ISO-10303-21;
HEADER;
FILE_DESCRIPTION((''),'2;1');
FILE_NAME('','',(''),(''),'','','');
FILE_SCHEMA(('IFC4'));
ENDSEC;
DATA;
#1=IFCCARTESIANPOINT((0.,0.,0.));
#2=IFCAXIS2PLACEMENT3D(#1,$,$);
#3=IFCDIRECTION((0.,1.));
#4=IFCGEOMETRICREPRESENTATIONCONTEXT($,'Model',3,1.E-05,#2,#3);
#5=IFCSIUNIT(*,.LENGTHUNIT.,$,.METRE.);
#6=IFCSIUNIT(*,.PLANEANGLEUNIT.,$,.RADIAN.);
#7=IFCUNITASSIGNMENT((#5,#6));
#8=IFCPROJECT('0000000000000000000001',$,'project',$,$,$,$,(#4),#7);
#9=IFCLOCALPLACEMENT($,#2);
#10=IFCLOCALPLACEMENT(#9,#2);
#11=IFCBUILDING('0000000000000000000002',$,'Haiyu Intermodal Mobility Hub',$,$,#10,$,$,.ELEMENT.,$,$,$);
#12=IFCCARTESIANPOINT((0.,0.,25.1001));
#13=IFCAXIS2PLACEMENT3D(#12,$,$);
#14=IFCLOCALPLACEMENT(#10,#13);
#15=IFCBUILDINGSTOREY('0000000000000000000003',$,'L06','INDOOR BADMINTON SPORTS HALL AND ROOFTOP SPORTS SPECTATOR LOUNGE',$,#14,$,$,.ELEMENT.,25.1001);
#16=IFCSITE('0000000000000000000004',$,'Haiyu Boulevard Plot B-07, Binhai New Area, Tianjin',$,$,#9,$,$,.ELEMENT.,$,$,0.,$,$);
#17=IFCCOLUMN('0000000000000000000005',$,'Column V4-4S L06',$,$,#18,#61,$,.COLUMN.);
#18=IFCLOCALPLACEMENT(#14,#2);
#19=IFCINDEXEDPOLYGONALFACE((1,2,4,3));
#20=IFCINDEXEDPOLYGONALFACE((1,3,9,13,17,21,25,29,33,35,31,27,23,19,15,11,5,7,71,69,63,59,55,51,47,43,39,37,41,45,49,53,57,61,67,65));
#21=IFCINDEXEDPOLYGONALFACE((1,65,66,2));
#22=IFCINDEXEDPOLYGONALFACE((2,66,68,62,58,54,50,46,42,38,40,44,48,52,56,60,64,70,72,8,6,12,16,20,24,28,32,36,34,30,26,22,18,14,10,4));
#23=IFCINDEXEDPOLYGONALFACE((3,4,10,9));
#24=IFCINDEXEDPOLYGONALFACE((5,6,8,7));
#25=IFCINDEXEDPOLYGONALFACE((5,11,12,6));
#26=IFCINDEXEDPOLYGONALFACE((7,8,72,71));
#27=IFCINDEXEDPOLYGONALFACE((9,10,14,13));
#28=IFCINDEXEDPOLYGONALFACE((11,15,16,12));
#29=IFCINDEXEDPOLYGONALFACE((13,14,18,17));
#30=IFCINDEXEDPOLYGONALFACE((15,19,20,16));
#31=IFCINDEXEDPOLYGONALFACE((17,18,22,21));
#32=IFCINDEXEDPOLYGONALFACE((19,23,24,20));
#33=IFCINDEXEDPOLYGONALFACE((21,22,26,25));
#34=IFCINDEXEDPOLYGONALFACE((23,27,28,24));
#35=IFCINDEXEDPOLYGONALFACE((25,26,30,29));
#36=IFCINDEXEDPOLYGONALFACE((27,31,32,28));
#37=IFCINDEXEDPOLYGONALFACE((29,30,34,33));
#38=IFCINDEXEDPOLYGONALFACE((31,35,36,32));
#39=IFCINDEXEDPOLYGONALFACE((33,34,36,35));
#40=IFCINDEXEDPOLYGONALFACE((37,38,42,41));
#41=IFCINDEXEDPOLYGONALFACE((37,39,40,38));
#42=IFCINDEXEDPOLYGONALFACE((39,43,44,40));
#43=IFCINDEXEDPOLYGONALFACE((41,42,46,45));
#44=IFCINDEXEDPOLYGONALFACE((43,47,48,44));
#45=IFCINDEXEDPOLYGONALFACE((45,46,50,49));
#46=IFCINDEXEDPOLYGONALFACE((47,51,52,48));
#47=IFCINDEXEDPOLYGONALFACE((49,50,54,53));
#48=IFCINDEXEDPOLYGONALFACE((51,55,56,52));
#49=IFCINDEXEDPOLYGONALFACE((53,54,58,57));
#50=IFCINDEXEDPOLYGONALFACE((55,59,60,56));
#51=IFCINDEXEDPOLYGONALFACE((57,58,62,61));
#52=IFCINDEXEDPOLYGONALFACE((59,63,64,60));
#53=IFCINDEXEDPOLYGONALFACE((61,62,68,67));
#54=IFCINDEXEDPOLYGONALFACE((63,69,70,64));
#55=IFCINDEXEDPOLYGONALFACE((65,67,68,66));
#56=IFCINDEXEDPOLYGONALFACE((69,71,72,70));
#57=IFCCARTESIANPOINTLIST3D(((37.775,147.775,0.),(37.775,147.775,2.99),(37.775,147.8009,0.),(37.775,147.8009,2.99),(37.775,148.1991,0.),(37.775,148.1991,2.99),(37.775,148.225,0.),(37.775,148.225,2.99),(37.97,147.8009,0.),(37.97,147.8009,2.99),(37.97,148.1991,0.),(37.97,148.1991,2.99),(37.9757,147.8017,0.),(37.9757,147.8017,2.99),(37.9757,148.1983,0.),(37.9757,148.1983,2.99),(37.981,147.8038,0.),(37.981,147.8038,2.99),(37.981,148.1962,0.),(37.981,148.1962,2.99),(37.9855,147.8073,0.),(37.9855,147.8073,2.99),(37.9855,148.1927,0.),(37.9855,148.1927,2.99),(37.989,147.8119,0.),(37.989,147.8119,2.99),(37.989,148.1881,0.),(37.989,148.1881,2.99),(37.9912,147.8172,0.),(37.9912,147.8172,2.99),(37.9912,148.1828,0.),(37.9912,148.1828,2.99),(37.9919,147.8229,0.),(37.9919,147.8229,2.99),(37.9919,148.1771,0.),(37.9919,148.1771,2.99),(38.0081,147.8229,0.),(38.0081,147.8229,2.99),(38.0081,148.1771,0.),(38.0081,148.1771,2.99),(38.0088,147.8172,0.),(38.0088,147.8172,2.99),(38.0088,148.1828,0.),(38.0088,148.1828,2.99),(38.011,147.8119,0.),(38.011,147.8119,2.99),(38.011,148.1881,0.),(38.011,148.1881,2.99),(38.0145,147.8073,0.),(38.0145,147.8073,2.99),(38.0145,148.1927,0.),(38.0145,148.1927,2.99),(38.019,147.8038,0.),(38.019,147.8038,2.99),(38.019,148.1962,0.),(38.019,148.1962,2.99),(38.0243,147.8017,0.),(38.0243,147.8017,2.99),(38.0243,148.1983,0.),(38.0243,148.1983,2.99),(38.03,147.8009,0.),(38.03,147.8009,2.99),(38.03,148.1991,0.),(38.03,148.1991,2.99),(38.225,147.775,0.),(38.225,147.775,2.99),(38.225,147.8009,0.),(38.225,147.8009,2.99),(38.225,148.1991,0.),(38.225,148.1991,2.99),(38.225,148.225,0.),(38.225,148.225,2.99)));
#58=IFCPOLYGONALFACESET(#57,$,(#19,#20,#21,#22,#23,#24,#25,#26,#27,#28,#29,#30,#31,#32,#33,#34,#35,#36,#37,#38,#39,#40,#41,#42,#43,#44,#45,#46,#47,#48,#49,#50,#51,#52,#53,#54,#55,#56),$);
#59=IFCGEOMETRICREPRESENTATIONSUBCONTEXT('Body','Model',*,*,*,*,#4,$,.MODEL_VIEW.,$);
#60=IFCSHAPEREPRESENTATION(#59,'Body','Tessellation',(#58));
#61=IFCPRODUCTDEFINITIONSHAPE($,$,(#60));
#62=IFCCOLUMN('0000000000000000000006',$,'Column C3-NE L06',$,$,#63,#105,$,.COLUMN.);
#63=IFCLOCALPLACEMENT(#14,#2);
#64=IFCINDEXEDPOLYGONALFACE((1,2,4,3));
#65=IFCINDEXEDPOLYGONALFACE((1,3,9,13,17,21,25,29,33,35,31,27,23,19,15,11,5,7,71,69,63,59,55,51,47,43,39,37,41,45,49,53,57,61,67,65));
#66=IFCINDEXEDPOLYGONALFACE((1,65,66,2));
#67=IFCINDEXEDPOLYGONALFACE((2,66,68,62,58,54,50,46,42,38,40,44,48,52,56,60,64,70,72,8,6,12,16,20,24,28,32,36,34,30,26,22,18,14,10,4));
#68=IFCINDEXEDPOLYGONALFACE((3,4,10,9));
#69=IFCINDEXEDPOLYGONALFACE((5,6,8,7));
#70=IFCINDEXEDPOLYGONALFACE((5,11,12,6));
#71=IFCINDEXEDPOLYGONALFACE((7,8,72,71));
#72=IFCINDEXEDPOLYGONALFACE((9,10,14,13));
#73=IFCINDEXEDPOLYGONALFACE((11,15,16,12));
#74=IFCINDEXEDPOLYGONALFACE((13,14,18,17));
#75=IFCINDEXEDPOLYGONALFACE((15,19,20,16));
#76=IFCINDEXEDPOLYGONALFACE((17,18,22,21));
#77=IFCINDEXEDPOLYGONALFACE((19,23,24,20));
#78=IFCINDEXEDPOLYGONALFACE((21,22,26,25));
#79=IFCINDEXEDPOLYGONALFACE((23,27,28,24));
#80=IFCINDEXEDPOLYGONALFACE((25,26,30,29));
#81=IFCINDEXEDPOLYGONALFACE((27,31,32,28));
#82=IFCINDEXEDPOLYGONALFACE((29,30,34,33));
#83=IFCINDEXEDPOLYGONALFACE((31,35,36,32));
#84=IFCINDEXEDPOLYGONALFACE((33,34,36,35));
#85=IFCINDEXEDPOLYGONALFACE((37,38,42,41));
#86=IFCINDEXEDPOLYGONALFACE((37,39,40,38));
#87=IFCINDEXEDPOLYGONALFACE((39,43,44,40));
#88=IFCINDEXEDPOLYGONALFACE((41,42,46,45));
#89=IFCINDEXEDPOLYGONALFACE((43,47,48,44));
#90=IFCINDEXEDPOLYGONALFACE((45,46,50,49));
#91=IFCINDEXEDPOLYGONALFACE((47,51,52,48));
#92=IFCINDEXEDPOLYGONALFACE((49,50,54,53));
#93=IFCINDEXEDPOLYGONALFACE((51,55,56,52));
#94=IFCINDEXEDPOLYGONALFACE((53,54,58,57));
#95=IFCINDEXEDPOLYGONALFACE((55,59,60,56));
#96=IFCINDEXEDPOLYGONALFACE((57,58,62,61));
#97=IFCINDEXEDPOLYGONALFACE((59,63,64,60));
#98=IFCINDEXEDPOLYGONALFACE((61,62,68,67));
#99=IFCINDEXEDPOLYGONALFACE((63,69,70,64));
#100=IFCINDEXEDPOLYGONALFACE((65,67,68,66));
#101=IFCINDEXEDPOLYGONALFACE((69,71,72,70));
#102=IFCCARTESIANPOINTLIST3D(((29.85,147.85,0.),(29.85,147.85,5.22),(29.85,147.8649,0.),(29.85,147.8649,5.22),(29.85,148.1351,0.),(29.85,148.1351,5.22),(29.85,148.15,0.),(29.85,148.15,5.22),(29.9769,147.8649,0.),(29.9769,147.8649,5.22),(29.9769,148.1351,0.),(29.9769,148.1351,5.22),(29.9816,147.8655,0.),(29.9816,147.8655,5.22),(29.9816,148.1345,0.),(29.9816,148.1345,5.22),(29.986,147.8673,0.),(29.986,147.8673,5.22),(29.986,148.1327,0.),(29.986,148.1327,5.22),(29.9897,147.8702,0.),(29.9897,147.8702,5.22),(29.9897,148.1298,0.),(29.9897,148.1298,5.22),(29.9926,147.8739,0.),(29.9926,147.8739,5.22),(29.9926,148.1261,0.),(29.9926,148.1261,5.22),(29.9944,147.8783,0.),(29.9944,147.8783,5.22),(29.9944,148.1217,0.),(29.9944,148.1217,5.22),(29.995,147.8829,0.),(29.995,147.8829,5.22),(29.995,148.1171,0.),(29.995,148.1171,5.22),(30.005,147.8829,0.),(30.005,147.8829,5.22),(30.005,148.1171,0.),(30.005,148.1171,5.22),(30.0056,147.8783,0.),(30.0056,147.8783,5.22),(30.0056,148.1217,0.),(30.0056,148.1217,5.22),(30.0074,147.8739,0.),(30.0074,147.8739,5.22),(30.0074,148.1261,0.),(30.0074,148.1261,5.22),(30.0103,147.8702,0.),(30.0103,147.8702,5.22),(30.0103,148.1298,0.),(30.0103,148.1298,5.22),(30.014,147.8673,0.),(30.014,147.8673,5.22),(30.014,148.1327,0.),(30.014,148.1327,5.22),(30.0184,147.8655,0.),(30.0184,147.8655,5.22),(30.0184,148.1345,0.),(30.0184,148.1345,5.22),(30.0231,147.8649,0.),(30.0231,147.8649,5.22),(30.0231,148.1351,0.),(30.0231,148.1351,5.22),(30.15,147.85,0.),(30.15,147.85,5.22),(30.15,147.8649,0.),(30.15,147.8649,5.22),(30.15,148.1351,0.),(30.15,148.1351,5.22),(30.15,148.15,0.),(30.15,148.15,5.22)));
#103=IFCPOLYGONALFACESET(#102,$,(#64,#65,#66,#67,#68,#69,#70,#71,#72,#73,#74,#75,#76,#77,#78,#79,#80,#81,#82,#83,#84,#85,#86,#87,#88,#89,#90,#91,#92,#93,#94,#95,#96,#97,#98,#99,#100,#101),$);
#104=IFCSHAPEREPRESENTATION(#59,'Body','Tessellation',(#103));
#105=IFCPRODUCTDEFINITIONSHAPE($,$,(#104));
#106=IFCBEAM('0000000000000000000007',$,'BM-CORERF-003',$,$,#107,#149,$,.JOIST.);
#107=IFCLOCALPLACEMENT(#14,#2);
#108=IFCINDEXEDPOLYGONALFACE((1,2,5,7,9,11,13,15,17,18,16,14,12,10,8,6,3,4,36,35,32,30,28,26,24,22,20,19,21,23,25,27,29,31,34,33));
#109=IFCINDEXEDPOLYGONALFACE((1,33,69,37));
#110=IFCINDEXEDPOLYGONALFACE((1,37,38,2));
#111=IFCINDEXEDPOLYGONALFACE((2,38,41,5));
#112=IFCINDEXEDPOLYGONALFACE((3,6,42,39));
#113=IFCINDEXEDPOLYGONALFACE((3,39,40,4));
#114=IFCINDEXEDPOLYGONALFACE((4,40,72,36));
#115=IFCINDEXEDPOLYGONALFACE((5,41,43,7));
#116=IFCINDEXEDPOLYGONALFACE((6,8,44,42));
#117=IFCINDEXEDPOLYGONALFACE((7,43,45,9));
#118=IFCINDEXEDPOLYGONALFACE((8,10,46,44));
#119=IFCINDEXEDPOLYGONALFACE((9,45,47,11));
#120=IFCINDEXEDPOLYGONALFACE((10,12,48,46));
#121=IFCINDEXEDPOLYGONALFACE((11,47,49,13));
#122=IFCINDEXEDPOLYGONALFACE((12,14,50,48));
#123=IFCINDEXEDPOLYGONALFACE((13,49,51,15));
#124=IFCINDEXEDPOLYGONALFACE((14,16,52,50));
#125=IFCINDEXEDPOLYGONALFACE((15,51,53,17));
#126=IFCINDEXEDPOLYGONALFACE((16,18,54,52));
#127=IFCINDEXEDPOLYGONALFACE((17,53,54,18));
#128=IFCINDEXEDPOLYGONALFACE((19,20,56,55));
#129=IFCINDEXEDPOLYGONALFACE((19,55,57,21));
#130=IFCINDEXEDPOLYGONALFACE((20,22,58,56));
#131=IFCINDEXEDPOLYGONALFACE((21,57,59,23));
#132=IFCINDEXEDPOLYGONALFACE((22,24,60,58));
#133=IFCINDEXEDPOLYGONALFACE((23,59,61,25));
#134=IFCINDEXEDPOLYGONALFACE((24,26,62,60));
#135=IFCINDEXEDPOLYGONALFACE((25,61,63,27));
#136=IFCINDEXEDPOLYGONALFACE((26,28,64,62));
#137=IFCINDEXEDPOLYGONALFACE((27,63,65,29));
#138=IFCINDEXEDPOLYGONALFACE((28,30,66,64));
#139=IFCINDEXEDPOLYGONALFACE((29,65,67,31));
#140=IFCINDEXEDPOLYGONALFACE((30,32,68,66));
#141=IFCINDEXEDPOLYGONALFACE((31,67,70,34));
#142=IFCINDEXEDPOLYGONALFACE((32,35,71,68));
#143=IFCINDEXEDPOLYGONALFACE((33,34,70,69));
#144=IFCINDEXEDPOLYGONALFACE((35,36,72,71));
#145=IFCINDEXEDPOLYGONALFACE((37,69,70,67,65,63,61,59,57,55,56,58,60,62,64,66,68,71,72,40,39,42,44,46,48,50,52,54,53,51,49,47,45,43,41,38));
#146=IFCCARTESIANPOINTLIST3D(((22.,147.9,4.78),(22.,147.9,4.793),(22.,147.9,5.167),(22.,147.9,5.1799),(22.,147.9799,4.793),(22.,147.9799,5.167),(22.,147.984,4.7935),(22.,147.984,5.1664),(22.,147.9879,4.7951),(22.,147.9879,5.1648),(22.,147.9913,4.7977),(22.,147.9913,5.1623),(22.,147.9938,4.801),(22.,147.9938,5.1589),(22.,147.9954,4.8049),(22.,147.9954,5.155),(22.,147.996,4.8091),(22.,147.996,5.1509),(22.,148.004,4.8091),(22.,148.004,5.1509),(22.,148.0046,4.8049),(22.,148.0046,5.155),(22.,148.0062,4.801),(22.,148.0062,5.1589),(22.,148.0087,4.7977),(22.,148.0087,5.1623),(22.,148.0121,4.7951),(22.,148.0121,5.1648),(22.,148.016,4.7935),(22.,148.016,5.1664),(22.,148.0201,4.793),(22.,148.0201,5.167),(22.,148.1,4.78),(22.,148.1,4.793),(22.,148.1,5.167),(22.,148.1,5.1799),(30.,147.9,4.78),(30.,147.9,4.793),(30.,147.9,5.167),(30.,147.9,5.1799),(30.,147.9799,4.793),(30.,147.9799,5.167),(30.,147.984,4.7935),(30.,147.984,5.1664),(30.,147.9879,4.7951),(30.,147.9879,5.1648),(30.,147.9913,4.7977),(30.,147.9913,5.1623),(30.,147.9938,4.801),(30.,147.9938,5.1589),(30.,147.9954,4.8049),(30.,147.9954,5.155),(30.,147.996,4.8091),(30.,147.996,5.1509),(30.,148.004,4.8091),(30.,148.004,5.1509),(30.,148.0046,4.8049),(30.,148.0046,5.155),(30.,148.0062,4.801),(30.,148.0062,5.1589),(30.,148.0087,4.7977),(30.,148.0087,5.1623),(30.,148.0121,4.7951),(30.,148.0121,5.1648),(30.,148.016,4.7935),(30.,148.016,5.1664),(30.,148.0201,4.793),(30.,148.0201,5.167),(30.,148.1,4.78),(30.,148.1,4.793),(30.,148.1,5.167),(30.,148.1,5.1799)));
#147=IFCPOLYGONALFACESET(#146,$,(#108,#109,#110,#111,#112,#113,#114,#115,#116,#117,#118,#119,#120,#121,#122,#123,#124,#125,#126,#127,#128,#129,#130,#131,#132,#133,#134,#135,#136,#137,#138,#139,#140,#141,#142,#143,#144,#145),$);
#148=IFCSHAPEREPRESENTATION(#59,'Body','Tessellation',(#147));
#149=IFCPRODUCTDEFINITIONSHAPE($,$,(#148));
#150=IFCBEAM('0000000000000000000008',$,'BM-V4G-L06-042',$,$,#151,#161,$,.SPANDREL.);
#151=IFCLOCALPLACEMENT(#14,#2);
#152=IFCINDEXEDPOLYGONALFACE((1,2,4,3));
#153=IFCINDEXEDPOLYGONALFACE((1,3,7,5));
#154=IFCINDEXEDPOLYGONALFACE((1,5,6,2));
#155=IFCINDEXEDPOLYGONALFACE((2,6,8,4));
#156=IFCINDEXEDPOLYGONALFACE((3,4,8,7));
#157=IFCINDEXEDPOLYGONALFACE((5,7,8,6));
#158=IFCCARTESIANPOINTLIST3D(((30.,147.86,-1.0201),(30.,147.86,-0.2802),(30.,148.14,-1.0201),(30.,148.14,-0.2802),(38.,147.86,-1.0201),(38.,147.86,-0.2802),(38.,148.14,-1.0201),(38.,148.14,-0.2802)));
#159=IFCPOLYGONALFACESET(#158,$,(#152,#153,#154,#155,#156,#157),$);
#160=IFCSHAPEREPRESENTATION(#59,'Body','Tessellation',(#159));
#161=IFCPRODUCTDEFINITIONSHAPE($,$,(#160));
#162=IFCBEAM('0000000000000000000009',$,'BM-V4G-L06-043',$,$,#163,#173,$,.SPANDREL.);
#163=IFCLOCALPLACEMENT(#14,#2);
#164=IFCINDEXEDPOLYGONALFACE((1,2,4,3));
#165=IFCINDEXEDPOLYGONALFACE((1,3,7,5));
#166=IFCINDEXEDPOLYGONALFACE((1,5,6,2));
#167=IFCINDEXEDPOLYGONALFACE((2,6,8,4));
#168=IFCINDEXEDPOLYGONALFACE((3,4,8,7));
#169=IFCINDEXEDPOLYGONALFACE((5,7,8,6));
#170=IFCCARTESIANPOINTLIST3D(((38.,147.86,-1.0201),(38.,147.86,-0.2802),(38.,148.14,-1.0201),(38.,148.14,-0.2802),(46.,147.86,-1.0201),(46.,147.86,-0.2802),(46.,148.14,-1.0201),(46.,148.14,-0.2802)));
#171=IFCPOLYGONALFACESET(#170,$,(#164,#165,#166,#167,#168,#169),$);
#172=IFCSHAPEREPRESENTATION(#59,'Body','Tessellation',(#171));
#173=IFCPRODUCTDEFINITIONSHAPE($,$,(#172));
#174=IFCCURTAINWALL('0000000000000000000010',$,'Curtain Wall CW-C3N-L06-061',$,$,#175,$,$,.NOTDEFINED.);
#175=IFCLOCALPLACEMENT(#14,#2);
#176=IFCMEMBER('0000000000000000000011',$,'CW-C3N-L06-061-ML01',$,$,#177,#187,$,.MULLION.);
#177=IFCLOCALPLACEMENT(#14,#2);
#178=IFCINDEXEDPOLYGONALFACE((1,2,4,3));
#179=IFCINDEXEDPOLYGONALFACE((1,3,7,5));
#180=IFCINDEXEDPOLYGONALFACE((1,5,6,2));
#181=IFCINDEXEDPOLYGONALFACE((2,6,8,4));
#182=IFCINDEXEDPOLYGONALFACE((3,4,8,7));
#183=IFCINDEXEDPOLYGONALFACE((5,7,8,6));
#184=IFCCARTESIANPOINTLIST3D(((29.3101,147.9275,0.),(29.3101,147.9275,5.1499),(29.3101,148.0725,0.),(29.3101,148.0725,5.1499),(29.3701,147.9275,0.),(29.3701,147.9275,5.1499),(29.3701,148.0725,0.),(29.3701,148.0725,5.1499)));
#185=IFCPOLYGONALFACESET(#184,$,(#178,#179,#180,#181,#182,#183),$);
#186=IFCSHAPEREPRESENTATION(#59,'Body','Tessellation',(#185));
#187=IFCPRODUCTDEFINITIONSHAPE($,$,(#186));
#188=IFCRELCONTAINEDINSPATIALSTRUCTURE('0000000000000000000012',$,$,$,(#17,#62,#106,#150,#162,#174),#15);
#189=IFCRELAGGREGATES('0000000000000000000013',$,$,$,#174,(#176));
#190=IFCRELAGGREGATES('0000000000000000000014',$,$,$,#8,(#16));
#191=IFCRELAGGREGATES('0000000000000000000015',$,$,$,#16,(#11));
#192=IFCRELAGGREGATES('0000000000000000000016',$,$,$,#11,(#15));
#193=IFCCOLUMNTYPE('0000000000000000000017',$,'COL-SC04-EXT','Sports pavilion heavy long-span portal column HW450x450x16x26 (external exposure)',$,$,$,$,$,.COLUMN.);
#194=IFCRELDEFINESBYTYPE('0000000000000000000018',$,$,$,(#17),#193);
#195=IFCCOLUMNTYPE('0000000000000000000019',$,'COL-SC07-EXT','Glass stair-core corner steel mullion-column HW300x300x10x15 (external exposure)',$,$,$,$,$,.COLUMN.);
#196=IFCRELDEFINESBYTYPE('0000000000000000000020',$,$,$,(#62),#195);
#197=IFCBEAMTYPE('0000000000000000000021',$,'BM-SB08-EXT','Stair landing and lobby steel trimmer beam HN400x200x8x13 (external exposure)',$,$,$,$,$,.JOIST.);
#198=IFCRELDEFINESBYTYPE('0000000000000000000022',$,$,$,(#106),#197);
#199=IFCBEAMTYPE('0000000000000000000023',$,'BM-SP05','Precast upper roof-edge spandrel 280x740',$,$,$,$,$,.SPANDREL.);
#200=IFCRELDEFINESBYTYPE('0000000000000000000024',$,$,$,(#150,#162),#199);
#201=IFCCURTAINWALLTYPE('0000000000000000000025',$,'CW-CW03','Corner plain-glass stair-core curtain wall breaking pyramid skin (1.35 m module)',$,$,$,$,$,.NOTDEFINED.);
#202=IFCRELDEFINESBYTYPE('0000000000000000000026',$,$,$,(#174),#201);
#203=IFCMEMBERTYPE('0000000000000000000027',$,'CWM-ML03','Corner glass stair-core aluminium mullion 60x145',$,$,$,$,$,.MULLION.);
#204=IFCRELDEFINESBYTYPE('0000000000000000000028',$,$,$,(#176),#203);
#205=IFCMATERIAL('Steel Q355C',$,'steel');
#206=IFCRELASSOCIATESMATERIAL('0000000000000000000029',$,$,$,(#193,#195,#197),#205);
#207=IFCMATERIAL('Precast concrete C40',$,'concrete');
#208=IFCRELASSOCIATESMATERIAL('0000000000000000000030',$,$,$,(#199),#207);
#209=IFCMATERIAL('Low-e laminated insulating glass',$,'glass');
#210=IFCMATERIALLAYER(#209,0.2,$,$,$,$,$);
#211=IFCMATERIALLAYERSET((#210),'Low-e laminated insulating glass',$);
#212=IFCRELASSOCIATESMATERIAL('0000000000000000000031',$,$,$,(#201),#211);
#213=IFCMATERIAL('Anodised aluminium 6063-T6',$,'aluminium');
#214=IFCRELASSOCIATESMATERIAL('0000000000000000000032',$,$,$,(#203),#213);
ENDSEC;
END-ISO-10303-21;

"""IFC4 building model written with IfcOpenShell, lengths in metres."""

from ifc_helpers import new_model, si_unit, direction, frame, origin, origin_2d, place, context, subcontext, project, spatial, rectangle, i_section, extrude, material, layer, layer_set, material_profile, profile_set, type_object, element, aggregate, save


model = new_model("IFC4")

# Units and contexts
model_context = context("Model", 3, precision=1e-05, world=origin(), true_north=direction((0.0, 1.0)))
body_context = subcontext(model_context, "Body", "Model", "MODEL_VIEW")
ifc_project = project(units=[si_unit("LENGTHUNIT", "METRE"), si_unit("PLANEANGLEUNIT", "RADIAN")], contexts=[model_context])

# Site, building, storey
site_placement = place(None, origin())
site = spatial("IfcSite", under=ifc_project, at=site_placement, Name="Haiyu Boulevard Plot B-07, Binhai New Area, Tianjin", CompositionType="ELEMENT", RefElevation=0.0)
building_placement = place(site_placement, origin())
building = spatial("IfcBuilding", under=site, at=building_placement, Name="Haiyu Intermodal Mobility Hub", CompositionType="ELEMENT")
storey_placement = place(building_placement, frame((0.0, 0.0, 25.1001)))
storey = spatial("IfcBuildingStorey", under=building, at=storey_placement, Name="L06", Description="INDOOR BADMINTON SPORTS HALL AND ROOFTOP SPORTS SPECTATOR LOUNGE", CompositionType="ELEMENT", Elevation=25.1001)

# Columns
ifc_material_1 = material(Name="Steel Q355C", Category="steel")
ifc_material_profile_1 = material_profile(ifc_material_1, i_section(OverallWidth=0.45, OverallDepth=0.45, WebThickness=0.0161, FlangeThickness=0.0259, FilletRadius=0.022, at=origin_2d()), Name="HW450x450x16x26")
ifc_profile_set_1 = profile_set([ifc_material_profile_1], Name="Steel Q355C")
column_type_1 = type_object("IfcColumnType", Name="COL-SC04-EXT", Description="Sports pavilion heavy long-span portal column HW450x450x16x26 (external exposure)", PredefinedType="COLUMN", material=ifc_profile_set_1)
column_1_placement = place(storey_placement, frame((38.0, 148.0, 0.0), z_axis=(0.0, 0.0, 1.0), x_axis=(1.0, 0.0, 0.0)))
element("IfcColumn", 1, at=column_1_placement, inside=storey, type_object=column_type_1, Name="Column V4-4S L06", PredefinedType="COLUMN", context=body_context, shape_type="SweptSolid", body=[
    extrude(i_section(OverallWidth=0.45, OverallDepth=0.45, WebThickness=0.0161, FlangeThickness=0.0259, FilletRadius=0.022, at=origin_2d()), origin(), (0.0, 0.0, 1.0), 2.99),
])
ifc_material_profile_2 = material_profile(ifc_material_1, i_section(OverallWidth=0.3, OverallDepth=0.3, WebThickness=0.01, FlangeThickness=0.0149, FilletRadius=0.0181, at=origin_2d()), Name="HW300x300x10x15")
ifc_profile_set_2 = profile_set([ifc_material_profile_2], Name="Steel Q355C")
column_type_2 = type_object("IfcColumnType", Name="COL-SC07-EXT", Description="Glass stair-core corner steel mullion-column HW300x300x10x15 (external exposure)", PredefinedType="COLUMN", material=ifc_profile_set_2)
column_2_placement = place(storey_placement, frame((30.0, 148.0, 0.0), z_axis=(0.0, 0.0, 1.0), x_axis=(1.0, 0.0, 0.0)))
element("IfcColumn", 2, at=column_2_placement, inside=storey, type_object=column_type_2, Name="Column C3-NE L06", PredefinedType="COLUMN", context=body_context, shape_type="SweptSolid", body=[
    extrude(i_section(OverallWidth=0.3, OverallDepth=0.3, WebThickness=0.01, FlangeThickness=0.0149, FilletRadius=0.0181, at=origin_2d()), origin(), (0.0, 0.0, 1.0), 5.22),
])

# Beams
ifc_material_profile_3 = material_profile(ifc_material_1, i_section(OverallWidth=0.2, OverallDepth=0.3999, WebThickness=0.0081, FlangeThickness=0.0129, FilletRadius=0.0161, at=origin_2d()), Name="HN400x200x8x13")
ifc_profile_set_3 = profile_set([ifc_material_profile_3], Name="Steel Q355C")
beam_type_1 = type_object("IfcBeamType", Name="BM-SB08-EXT", Description="Stair landing and lobby steel trimmer beam HN400x200x8x13 (external exposure)", PredefinedType="JOIST", material=ifc_profile_set_3)
beam_placement = place(storey_placement, frame((30.0, 148.0, 4.98), z_axis=(-1.0, 0.0, 0.0), x_axis=(0.0, -1.0, 0.0)))
element("IfcBeam", 3, at=beam_placement, inside=storey, type_object=beam_type_1, Name="BM-CORERF-003", PredefinedType="JOIST", context=body_context, shape_type="SweptSolid", body=[
    extrude(i_section(OverallWidth=0.2, OverallDepth=0.3999, WebThickness=0.0081, FlangeThickness=0.0129, FilletRadius=0.0161, at=origin_2d()), origin(), (0.0, 0.0, 1.0), 8.0),
])
ifc_material_2 = material(Name="Precast concrete C40", Category="concrete")
ifc_material_profile_4 = material_profile(ifc_material_2, rectangle(XDim=0.28, YDim=0.74, at=origin_2d()), Name="B280x740")
ifc_profile_set_4 = profile_set([ifc_material_profile_4], Name="Precast concrete C40")
beam_type_2 = type_object("IfcBeamType", Name="BM-SP05", Description="Precast upper roof-edge spandrel 280x740", PredefinedType="SPANDREL", material=ifc_profile_set_4)
for number, where, z_axis, x_axis, name in (
    (4, (30.0, 148.0, -0.6501), (1.0, 0.0, 0.0), (0.0, 1.0, 0.0), "BM-V4G-L06-042"),
    (5, (38.0, 148.0, -0.6501), (1.0, 0.0, 0.0), (0.0, 1.0, 0.0), "BM-V4G-L06-043"),
):
    element("IfcBeam", number, at=place(storey_placement, frame(where, z_axis=z_axis, x_axis=x_axis)), inside=storey, type_object=beam_type_2, Name=name, PredefinedType="SPANDREL", context=body_context, shape_type="SweptSolid", body=[
        extrude(rectangle(XDim=0.28, YDim=0.74, at=origin_2d()), origin(), (0.0, 0.0, 1.0), 8.0),
    ])

# Curtain wall, member
ifc_material_3 = material(Name="Low-e laminated insulating glass", Category="glass")
ifc_layer_1 = layer(ifc_material_3, 0.2)
ifc_layer_set_1 = layer_set([ifc_layer_1], Name="Low-e laminated insulating glass")
curtain_wall_type = type_object("IfcCurtainWallType", Name="CW-CW03", Description="Corner plain-glass stair-core curtain wall breaking pyramid skin (1.35 m module)", PredefinedType="NOTDEFINED", material=ifc_layer_set_1)
curtain_wall_1_placement = place(storey_placement, origin())
curtain_wall_1 = element("IfcCurtainWall", 6, at=curtain_wall_1_placement, inside=storey, type_object=curtain_wall_type, Name="Curtain Wall CW-C3N-L06-061", PredefinedType="NOTDEFINED")
ifc_material_4 = material(Name="Anodised aluminium 6063-T6", Category="aluminium")
ifc_material_profile_5 = material_profile(ifc_material_4, rectangle(XDim=0.0601, YDim=0.145, at=origin_2d()), Name="ALU60x145")
ifc_profile_set_5 = profile_set([ifc_material_profile_5], Name="Anodised aluminium 6063-T6")
member_type_1 = type_object("IfcMemberType", Name="CWM-ML03", Description="Corner glass stair-core aluminium mullion 60x145", PredefinedType="MULLION", material=ifc_profile_set_5)
member_1_placement = place(storey_placement, frame((29.3401, 148.0, 0.0), z_axis=(0.0, 0.0, 1.0), x_axis=(1.0, 0.0, 0.0)))
member_1 = element("IfcMember", 7, at=member_1_placement, type_object=member_type_1, Name="CW-C3N-L06-061-ML01", PredefinedType="MULLION", context=body_context, shape_type="SweptSolid", body=[
    extrude(rectangle(XDim=0.0601, YDim=0.145, at=origin_2d()), origin(), (0.0, 0.0, 1.0), 5.1499),
])

aggregate(curtain_wall_1, [member_1])

save(model, "model.ifc")
